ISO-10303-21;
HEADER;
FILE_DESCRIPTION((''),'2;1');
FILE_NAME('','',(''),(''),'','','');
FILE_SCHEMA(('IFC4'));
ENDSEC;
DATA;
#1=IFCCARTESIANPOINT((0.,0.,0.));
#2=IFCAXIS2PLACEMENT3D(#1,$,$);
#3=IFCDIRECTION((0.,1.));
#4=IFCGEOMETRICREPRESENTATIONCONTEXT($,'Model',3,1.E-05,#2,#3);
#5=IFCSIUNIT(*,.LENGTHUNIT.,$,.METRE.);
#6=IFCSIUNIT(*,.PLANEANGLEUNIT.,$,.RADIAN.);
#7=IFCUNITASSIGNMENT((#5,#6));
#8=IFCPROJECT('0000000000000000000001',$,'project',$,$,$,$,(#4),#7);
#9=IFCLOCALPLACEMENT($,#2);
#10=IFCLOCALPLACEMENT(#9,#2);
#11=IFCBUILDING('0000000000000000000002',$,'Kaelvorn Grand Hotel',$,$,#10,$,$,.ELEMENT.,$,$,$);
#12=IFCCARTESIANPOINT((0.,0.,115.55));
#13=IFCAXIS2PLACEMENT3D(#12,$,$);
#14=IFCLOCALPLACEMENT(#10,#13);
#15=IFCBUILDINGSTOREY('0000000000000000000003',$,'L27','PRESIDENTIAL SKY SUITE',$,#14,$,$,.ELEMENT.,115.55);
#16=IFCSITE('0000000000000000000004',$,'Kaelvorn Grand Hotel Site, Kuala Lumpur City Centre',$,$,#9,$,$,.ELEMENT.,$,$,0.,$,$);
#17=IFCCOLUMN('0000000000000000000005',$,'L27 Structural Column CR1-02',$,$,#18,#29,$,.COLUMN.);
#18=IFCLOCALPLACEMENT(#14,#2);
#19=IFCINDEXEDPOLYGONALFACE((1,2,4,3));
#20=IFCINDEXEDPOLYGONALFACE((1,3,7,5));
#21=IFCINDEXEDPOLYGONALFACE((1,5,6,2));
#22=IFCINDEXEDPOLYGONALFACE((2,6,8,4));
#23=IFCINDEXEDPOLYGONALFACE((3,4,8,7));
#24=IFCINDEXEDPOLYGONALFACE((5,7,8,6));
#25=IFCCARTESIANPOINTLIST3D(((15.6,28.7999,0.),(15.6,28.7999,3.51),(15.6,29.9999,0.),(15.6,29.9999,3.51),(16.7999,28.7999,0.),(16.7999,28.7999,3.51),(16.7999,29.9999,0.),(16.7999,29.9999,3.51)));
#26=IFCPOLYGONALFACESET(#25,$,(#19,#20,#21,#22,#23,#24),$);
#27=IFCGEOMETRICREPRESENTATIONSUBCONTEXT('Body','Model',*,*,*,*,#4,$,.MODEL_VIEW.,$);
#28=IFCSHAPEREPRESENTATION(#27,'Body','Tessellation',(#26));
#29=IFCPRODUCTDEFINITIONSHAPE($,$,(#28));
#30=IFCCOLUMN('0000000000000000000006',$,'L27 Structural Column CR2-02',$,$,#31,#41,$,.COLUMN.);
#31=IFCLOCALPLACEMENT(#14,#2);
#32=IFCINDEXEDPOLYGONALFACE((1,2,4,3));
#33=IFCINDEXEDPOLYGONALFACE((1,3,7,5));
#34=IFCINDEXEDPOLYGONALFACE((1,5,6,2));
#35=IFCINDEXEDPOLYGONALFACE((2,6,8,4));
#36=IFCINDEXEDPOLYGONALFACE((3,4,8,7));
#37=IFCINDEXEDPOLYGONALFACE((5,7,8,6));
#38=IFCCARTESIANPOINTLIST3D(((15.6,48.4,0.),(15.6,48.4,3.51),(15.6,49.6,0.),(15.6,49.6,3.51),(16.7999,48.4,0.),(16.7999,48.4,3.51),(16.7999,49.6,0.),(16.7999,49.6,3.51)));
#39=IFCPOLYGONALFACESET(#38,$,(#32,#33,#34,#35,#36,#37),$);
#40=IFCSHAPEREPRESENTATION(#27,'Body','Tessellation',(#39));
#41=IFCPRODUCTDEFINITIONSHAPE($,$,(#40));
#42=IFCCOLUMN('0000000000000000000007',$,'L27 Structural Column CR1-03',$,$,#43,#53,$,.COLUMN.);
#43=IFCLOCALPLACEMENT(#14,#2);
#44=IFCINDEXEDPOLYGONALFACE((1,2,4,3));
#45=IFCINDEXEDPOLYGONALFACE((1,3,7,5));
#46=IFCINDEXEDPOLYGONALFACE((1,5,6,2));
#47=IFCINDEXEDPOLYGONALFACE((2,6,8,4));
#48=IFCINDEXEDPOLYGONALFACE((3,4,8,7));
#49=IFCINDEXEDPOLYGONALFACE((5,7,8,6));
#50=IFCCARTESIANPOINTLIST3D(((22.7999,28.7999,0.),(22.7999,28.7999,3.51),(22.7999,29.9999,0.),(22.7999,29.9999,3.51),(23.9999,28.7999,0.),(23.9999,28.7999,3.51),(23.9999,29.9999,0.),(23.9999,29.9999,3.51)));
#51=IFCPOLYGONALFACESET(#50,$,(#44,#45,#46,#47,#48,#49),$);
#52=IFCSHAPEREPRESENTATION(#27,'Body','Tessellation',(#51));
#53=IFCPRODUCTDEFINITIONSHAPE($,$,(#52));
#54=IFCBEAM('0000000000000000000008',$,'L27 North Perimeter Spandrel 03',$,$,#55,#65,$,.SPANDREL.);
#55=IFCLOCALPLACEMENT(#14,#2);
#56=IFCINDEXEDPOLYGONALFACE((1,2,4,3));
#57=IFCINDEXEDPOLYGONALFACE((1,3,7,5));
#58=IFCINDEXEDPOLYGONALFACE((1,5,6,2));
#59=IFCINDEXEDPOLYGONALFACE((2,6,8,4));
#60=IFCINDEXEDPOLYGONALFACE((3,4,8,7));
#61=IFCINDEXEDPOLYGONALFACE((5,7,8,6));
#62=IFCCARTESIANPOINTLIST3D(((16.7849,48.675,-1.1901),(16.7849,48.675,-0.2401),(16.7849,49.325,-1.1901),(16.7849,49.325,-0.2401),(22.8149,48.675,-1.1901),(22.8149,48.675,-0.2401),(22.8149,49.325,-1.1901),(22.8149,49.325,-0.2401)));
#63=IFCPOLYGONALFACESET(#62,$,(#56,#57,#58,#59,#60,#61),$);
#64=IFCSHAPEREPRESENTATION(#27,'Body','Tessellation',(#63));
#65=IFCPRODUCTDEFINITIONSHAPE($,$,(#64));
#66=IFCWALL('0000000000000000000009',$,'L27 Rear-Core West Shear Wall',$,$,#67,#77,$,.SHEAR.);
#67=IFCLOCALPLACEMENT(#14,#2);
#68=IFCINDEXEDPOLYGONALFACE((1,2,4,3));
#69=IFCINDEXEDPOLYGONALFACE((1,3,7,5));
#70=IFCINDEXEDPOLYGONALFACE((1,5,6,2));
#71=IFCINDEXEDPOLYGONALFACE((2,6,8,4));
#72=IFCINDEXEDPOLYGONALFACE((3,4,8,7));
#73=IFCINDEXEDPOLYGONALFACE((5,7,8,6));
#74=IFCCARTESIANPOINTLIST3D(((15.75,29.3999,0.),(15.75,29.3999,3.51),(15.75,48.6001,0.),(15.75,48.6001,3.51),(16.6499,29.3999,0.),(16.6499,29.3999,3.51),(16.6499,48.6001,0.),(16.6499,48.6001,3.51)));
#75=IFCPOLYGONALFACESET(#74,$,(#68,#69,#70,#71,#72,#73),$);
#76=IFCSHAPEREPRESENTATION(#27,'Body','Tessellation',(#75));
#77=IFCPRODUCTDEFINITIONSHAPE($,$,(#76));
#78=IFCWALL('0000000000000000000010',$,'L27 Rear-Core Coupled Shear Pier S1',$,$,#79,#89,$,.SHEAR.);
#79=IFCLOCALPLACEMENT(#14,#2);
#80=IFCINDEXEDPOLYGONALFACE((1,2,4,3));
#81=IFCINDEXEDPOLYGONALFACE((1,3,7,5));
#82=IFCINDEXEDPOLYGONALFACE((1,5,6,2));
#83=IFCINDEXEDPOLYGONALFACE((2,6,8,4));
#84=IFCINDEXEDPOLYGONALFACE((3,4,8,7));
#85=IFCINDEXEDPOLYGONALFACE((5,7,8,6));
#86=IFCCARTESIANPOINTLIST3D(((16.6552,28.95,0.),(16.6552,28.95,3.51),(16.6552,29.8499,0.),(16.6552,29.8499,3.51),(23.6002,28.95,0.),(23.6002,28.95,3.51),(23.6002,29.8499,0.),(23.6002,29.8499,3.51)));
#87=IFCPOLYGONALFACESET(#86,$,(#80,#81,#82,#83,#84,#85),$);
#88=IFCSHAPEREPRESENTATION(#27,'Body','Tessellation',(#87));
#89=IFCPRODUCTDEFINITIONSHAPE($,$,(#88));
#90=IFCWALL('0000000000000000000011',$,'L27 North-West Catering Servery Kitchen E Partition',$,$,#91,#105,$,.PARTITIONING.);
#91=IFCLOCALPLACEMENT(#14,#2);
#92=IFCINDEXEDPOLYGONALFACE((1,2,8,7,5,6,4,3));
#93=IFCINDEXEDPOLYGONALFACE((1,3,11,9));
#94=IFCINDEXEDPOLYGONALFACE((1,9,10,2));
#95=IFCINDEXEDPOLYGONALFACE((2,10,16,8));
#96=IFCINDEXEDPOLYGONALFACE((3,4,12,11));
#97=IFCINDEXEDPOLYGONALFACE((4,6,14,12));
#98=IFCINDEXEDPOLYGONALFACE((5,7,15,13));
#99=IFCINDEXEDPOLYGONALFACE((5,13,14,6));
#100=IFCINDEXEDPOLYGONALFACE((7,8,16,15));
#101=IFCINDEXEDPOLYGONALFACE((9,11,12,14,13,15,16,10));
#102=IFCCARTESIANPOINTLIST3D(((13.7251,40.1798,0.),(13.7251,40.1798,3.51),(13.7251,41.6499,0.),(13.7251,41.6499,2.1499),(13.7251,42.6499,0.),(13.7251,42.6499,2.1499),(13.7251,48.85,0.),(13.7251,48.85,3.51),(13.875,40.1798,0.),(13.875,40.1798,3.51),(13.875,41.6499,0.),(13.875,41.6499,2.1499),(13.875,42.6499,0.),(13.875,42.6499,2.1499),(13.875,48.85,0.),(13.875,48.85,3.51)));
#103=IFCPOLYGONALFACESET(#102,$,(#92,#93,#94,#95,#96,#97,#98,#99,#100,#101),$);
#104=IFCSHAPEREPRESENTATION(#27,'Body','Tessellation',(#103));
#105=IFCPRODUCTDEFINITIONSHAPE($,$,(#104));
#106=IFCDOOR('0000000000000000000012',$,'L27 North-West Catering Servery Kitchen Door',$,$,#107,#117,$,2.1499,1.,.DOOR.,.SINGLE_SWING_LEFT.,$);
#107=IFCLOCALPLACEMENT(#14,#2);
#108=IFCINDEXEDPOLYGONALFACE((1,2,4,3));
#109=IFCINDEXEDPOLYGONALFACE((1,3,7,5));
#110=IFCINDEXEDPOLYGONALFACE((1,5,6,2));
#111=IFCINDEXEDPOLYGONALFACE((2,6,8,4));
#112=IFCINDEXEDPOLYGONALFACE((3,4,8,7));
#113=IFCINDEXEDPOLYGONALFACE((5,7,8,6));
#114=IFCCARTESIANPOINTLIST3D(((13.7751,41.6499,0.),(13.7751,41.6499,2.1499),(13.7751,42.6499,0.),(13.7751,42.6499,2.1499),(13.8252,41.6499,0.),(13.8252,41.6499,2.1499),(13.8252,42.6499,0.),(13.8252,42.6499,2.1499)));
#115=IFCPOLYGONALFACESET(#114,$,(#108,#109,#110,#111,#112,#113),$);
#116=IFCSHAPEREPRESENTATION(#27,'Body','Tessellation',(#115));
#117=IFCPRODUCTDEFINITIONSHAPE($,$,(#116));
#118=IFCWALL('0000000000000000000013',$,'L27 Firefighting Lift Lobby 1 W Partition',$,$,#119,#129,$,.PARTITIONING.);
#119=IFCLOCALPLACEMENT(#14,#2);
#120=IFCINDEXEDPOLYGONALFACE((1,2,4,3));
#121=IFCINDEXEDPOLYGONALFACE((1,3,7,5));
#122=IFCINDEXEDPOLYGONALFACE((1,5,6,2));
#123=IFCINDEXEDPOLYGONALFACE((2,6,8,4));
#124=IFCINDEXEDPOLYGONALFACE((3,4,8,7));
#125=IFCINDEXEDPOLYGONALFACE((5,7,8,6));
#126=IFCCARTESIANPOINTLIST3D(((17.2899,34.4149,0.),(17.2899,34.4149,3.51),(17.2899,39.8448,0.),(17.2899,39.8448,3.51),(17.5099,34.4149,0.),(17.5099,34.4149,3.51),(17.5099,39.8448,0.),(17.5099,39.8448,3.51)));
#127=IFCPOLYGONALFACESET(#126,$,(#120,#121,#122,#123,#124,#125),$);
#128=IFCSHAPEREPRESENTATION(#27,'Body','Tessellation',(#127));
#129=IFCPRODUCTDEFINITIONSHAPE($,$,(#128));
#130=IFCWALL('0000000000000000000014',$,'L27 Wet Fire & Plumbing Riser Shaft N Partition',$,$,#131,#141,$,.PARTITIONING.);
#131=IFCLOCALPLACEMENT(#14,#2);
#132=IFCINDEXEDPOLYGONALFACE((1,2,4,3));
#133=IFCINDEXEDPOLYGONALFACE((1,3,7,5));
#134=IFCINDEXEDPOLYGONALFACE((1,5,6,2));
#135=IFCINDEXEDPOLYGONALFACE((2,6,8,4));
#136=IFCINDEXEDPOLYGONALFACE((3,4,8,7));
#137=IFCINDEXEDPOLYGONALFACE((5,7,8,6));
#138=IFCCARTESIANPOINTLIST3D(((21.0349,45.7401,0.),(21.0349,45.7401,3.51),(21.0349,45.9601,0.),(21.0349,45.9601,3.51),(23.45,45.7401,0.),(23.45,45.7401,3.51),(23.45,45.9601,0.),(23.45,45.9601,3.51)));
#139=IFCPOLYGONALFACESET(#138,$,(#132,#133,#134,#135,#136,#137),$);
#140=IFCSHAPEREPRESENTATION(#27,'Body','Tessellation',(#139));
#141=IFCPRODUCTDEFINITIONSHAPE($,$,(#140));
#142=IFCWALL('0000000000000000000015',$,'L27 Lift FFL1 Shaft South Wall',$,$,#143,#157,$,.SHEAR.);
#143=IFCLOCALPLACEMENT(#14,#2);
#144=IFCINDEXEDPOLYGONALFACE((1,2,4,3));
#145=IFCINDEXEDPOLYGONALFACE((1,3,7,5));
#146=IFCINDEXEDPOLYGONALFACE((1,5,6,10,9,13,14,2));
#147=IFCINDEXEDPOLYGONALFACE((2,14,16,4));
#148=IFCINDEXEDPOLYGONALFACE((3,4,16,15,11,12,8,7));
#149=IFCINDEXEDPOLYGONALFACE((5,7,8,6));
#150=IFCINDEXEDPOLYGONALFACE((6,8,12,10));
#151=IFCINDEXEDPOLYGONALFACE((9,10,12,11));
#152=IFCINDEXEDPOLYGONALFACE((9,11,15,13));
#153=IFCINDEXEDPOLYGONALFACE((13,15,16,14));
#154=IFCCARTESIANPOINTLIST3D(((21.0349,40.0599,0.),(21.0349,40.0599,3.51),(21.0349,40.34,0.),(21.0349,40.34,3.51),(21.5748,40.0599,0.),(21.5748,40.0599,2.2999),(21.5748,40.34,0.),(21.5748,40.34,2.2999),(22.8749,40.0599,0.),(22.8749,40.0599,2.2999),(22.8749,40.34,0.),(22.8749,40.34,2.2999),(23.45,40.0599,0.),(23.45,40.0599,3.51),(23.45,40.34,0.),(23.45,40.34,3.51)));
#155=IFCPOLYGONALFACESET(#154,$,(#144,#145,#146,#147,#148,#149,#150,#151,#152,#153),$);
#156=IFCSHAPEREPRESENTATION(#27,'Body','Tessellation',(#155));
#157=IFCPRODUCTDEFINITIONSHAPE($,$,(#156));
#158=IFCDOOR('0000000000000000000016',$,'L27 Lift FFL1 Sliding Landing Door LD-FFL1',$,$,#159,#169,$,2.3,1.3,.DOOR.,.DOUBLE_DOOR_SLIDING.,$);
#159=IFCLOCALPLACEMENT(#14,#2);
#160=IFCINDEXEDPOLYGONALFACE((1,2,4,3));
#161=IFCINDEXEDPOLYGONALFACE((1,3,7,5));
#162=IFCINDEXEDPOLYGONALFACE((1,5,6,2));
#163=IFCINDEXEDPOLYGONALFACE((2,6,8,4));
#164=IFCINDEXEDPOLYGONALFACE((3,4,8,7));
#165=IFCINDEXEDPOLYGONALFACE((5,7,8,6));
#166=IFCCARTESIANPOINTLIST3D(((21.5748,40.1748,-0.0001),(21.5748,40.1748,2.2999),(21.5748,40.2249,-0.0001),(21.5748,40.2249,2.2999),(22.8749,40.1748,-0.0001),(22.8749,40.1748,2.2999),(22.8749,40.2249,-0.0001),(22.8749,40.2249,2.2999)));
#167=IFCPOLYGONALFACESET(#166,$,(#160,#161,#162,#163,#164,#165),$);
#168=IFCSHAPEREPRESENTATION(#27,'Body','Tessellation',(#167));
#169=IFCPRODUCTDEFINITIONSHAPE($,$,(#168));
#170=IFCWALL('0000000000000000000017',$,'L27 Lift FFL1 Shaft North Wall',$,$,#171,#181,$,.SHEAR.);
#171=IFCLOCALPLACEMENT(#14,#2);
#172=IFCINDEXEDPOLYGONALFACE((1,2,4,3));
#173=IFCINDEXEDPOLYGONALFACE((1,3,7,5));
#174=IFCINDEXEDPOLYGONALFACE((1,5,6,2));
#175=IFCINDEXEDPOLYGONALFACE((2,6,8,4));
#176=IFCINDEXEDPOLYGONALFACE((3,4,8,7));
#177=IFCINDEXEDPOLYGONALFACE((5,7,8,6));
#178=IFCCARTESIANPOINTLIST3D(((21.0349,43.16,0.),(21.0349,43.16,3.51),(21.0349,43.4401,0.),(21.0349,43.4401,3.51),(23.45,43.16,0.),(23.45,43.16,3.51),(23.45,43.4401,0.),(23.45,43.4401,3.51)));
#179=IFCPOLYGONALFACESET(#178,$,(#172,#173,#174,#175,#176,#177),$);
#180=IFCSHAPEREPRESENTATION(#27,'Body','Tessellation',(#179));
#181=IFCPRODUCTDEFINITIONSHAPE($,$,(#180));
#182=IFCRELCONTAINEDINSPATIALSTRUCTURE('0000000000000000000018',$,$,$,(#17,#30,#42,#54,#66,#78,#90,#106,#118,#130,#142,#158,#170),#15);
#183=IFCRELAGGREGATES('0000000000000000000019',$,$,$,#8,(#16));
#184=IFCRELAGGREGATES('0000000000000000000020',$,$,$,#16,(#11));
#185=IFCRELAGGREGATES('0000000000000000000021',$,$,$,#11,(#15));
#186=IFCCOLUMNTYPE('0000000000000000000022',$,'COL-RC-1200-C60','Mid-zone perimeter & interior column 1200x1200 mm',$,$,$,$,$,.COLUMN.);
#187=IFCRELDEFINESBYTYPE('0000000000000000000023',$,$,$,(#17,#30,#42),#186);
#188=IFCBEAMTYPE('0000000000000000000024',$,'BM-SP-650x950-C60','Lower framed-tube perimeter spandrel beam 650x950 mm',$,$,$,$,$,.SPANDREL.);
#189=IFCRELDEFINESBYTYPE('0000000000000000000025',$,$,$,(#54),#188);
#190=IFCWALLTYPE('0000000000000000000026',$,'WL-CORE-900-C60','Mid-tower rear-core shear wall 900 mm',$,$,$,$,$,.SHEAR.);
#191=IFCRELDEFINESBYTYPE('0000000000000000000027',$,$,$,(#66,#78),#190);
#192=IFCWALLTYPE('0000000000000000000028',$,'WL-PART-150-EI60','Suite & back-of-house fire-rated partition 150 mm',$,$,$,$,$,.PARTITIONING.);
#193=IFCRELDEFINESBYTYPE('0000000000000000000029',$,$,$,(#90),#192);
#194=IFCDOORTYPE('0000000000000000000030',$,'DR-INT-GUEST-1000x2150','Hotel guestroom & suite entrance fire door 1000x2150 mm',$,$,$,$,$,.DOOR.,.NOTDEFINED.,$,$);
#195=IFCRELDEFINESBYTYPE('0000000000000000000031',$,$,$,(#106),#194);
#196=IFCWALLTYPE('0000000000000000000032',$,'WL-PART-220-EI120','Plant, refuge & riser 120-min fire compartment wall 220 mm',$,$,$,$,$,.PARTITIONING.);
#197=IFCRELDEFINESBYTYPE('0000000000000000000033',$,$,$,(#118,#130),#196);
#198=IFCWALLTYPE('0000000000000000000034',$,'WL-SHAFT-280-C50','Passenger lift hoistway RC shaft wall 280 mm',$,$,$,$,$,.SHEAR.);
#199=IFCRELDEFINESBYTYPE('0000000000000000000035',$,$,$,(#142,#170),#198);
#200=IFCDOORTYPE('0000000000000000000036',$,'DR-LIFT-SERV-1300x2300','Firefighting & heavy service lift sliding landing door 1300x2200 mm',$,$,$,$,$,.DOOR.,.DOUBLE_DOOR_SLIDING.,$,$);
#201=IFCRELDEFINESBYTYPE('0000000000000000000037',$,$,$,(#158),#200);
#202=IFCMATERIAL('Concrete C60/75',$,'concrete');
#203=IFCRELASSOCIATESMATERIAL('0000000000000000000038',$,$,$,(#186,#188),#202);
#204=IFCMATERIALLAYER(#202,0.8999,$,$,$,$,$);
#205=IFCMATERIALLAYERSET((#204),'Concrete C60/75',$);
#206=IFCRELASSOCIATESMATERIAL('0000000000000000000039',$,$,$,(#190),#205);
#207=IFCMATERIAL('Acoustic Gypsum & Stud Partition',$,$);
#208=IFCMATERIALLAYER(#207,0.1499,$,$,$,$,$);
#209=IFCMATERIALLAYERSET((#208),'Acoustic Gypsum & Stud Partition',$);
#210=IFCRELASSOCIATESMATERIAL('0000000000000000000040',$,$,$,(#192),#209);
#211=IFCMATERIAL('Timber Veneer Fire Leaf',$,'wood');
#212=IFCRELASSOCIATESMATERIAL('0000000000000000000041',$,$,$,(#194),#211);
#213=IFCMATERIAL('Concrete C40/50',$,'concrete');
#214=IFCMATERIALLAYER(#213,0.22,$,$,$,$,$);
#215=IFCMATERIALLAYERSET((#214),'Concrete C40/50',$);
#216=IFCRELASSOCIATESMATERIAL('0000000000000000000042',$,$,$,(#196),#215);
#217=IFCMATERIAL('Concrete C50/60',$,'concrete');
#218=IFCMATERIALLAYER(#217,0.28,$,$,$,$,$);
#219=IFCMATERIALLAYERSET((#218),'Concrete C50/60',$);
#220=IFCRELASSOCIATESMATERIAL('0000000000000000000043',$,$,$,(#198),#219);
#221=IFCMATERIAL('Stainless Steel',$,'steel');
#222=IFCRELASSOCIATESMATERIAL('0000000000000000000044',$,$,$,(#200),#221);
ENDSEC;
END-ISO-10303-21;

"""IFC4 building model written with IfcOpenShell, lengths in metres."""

from ifc_helpers import new_model, si_unit, direction, frame, frame_2d, origin, origin_2d, place, context, subcontext, project, spatial, rectangle, extrude, material, layer, layer_set, material_profile, profile_set, type_object, element, fill, save


model = new_model("IFC4")

# Units and contexts
model_context = context("Model", 3, precision=1e-05, world=origin(), true_north=direction((0.0, 1.0)))
body_context = subcontext(model_context, "Body", "Model", "MODEL_VIEW")
ifc_project = project(units=[si_unit("LENGTHUNIT", "METRE"), si_unit("PLANEANGLEUNIT", "RADIAN")], contexts=[model_context])

# Site, building, storey
site_placement = place(None, origin())
site = spatial("IfcSite", under=ifc_project, at=site_placement, Name="Kaelvorn Grand Hotel Site, Kuala Lumpur City Centre", CompositionType="ELEMENT", RefElevation=0.0)
building_placement = place(site_placement, origin())
building = spatial("IfcBuilding", under=site, at=building_placement, Name="Kaelvorn Grand Hotel", CompositionType="ELEMENT")
storey_placement = place(building_placement, frame((0.0, 0.0, 115.55)))
storey = spatial("IfcBuildingStorey", under=building, at=storey_placement, Name="L27", Description="PRESIDENTIAL SKY SUITE", CompositionType="ELEMENT", Elevation=115.55)

# Columns
ifc_material_1 = material(Name="Concrete C60/75", Category="concrete")
ifc_material_profile_1 = material_profile(ifc_material_1, rectangle(XDim=1.2, YDim=1.2, at=origin_2d()), Name="RC COL 1200x1200")
ifc_profile_set_1 = profile_set([ifc_material_profile_1], Name="Concrete C60/75")
column_type = type_object("IfcColumnType", Name="COL-RC-1200-C60", Description="Mid-zone perimeter & interior column 1200x1200 mm", PredefinedType="COLUMN", material=ifc_profile_set_1)
for number, where, z_axis, x_axis, name in (
    (1, (16.2, 29.3999, 0.0), (0.0, 0.0, 1.0), (1.0, 0.0, 0.0), "L27 Structural Column CR1-02"),
    (2, (16.2, 49.0, 0.0), (0.0, 0.0, 1.0), (1.0, 0.0, 0.0), "L27 Structural Column CR2-02"),
    (3, (23.3999, 29.3999, 0.0), (0.0, 0.0, 1.0), (1.0, 0.0, 0.0), "L27 Structural Column CR1-03"),
):
    element("IfcColumn", number, at=place(storey_placement, frame(where, z_axis=z_axis, x_axis=x_axis)), inside=storey, type_object=column_type, Name=name, PredefinedType="COLUMN", context=body_context, shape_type="SweptSolid", body=[
        extrude(rectangle(XDim=1.2, YDim=1.2, at=origin_2d()), origin(), (0.0, 0.0, 1.0), 3.51),
    ])

# Beam
ifc_material_profile_2 = material_profile(ifc_material_1, rectangle(XDim=0.6499, YDim=0.95, at=origin_2d()), Name="RC SPANDREL 650x950")
ifc_profile_set_2 = profile_set([ifc_material_profile_2], Name="Concrete C60/75")
beam_type = type_object("IfcBeamType", Name="BM-SP-650x950-C60", Description="Lower framed-tube perimeter spandrel beam 650x950 mm", PredefinedType="SPANDREL", material=ifc_profile_set_2)
beam_placement = place(storey_placement, frame((16.7849, 49.0, -0.7151), z_axis=(1.0, 0.0, 0.0), x_axis=(0.0, 1.0, 0.0)))
element("IfcBeam", 4, at=beam_placement, inside=storey, type_object=beam_type, Name="L27 North Perimeter Spandrel 03", PredefinedType="SPANDREL", context=body_context, shape_type="SweptSolid", body=[
    extrude(rectangle(XDim=0.6499, YDim=0.95, at=origin_2d()), origin(), (0.0, 0.0, 1.0), 6.03),
])

# Walls
ifc_layer_1 = layer(ifc_material_1, 0.8999)
ifc_layer_set_1 = layer_set([ifc_layer_1], Name="Concrete C60/75")
wall_type_1 = type_object("IfcWallType", Name="WL-CORE-900-C60", Description="Mid-tower rear-core shear wall 900 mm", PredefinedType="SHEAR", material=ifc_layer_set_1)
wall_1_placement = place(storey_placement, frame((16.2, 29.3999, 0.0), z_axis=(0.0, 0.0, 1.0), x_axis=(0.0, 1.0, 0.0)))
element("IfcWall", 5, at=wall_1_placement, inside=storey, type_object=wall_type_1, Name="L27 Rear-Core West Shear Wall", PredefinedType="SHEAR", context=body_context, shape_type="SweptSolid", body=[
    extrude(rectangle(XDim=19.2002, YDim=0.8999, at=frame_2d((9.6001, 0.0))), origin(), (0.0, 0.0, 1.0), 3.51),
])
wall_2_placement = place(storey_placement, frame((16.655, 29.3999, 0.0), z_axis=(0.0, 0.0, 1.0), x_axis=(1.0, 0.0, 0.0)))
element("IfcWall", 6, at=wall_2_placement, inside=storey, type_object=wall_type_1, Name="L27 Rear-Core Coupled Shear Pier S1", PredefinedType="SHEAR", context=body_context, shape_type="SweptSolid", body=[
    extrude(rectangle(XDim=6.9451, YDim=0.8999, at=frame_2d((3.4727, 0.0))), origin(), (0.0, 0.0, 1.0), 3.51),
])

# Wall, opening, door
ifc_material_2 = material(Name="Acoustic Gypsum & Stud Partition")
ifc_layer_2 = layer(ifc_material_2, 0.1499)
ifc_layer_set_2 = layer_set([ifc_layer_2], Name="Acoustic Gypsum & Stud Partition")
wall_type_2 = type_object("IfcWallType", Name="WL-PART-150-EI60", Description="Suite & back-of-house fire-rated partition 150 mm", PredefinedType="PARTITIONING", material=ifc_layer_set_2)
wall_3_placement = place(storey_placement, frame((13.8, 40.1799, 0.0), z_axis=(0.0, 0.0, 1.0), x_axis=(0.0, 1.0, 0.0)))
wall_3 = element("IfcWall", 7, at=wall_3_placement, inside=storey, type_object=wall_type_2, Name="L27 North-West Catering Servery Kitchen E Partition", PredefinedType="PARTITIONING", context=body_context, shape_type="SweptSolid", body=[
    extrude(rectangle(XDim=8.6702, YDim=0.1499, at=frame_2d((4.335, 0.0))), origin(), (0.0, 0.0, 1.0), 3.51),
])
opening_1_placement = place(wall_3_placement, frame((1.47, 0.0, 0.0)))
opening_1 = element("IfcOpeningElement", 8, at=opening_1_placement, cuts=wall_3, PredefinedType="OPENING", context=body_context, shape_type="SweptSolid", body=[
    extrude(rectangle(XDim=1.0, YDim=2.1499, at=frame_2d((0.5, 1.075))), frame((0.0, 0.085, 0.0), z_axis=(0.0, -1.0, 0.0), x_axis=(1.0, 0.0, 0.0)), (0.0, 0.0, 1.0), 0.1699),
])
ifc_material_3 = material(Name="Timber Veneer Fire Leaf", Category="wood")
door_type_1 = type_object("IfcDoorType", Name="DR-INT-GUEST-1000x2150", Description="Hotel guestroom & suite entrance fire door 1000x2150 mm", OperationType="NOTDEFINED", PredefinedType="DOOR", material=ifc_material_3)
door_1_placement = place(opening_1_placement, origin())
door_1 = element("IfcDoor", 9, at=door_1_placement, inside=storey, type_object=door_type_1, Name="L27 North-West Catering Servery Kitchen Door", OperationType="SINGLE_SWING_LEFT", OverallHeight=2.1499, OverallWidth=1.0, PredefinedType="DOOR", context=body_context, shape_type="SweptSolid", body=[
    extrude(rectangle(XDim=1.0, YDim=2.1499, at=frame_2d((0.5, 1.075))), frame((0.0, 0.0249, 0.0), z_axis=(0.0, -1.0, 0.0), x_axis=(1.0, 0.0, 0.0)), (0.0, 0.0, 1.0), 0.05),
])
fill(opening_1, door_1)
ifc_material_4 = material(Name="Concrete C40/50", Category="concrete")
ifc_layer_3 = layer(ifc_material_4, 0.22)
ifc_layer_set_3 = layer_set([ifc_layer_3], Name="Concrete C40/50")
wall_type_3 = type_object("IfcWallType", Name="WL-PART-220-EI120", Description="Plant, refuge & riser 120-min fire compartment wall 220 mm", PredefinedType="PARTITIONING", material=ifc_layer_set_3)

# Walls
wall_4_placement = place(storey_placement, frame((17.3999, 34.415, 0.0), z_axis=(0.0, 0.0, 1.0), x_axis=(0.0, 1.0, 0.0)))
element("IfcWall", 10, at=wall_4_placement, inside=storey, type_object=wall_type_3, Name="L27 Firefighting Lift Lobby 1 W Partition", PredefinedType="PARTITIONING", context=body_context, shape_type="SweptSolid", body=[
    extrude(rectangle(XDim=5.4299, YDim=0.22, at=frame_2d((2.7148, 0.0))), origin(), (0.0, 0.0, 1.0), 3.51),
])
wall_5_placement = place(storey_placement, frame((21.0349, 45.8501, 0.0), z_axis=(0.0, 0.0, 1.0), x_axis=(1.0, 0.0, 0.0)))
element("IfcWall", 11, at=wall_5_placement, inside=storey, type_object=wall_type_3, Name="L27 Wet Fire & Plumbing Riser Shaft N Partition", PredefinedType="PARTITIONING", context=body_context, shape_type="SweptSolid", body=[
    extrude(rectangle(XDim=2.415, YDim=0.22, at=frame_2d((1.2075, 0.0))), origin(), (0.0, 0.0, 1.0), 3.51),
])

# Wall, opening, door
ifc_material_5 = material(Name="Concrete C50/60", Category="concrete")
ifc_layer_4 = layer(ifc_material_5, 0.28)
ifc_layer_set_4 = layer_set([ifc_layer_4], Name="Concrete C50/60")
wall_type_4 = type_object("IfcWallType", Name="WL-SHAFT-280-C50", Description="Passenger lift hoistway RC shaft wall 280 mm", PredefinedType="SHEAR", material=ifc_layer_set_4)
wall_6_placement = place(storey_placement, frame((21.0349, 40.2, 0.0), z_axis=(0.0, 0.0, 1.0), x_axis=(1.0, 0.0, 0.0)))
wall_6 = element("IfcWall", 12, at=wall_6_placement, inside=storey, type_object=wall_type_4, Name="L27 Lift FFL1 Shaft South Wall", PredefinedType="SHEAR", context=body_context, shape_type="SweptSolid", body=[
    extrude(rectangle(XDim=2.415, YDim=0.28, at=frame_2d((1.2075, 0.0))), origin(), (0.0, 0.0, 1.0), 3.51),
])
opening_2_placement = place(wall_6_placement, frame((0.54, 0.0, 0.0)))
opening_2 = element("IfcOpeningElement", 13, at=opening_2_placement, cuts=wall_6, PredefinedType="OPENING", context=body_context, shape_type="SweptSolid", body=[
    extrude(rectangle(XDim=1.3, YDim=2.3, at=frame_2d((0.6499, 1.1499))), frame((0.0, 0.1499, 0.0), z_axis=(0.0, -1.0, 0.0), x_axis=(1.0, 0.0, 0.0)), (0.0, 0.0, 1.0), 0.3),
])
ifc_material_6 = material(Name="Stainless Steel", Category="steel")
door_type_2 = type_object("IfcDoorType", Name="DR-LIFT-SERV-1300x2300", Description="Firefighting & heavy service lift sliding landing door 1300x2200 mm", OperationType="DOUBLE_DOOR_SLIDING", PredefinedType="DOOR", material=ifc_material_6)
door_2_placement = place(opening_2_placement, origin())
door_2 = element("IfcDoor", 14, at=door_2_placement, inside=storey, type_object=door_type_2, Name="L27 Lift FFL1 Sliding Landing Door LD-FFL1", OperationType="DOUBLE_DOOR_SLIDING", OverallHeight=2.3, OverallWidth=1.3, PredefinedType="DOOR", context=body_context, shape_type="SweptSolid", body=[
    extrude(rectangle(XDim=1.3, YDim=2.3, at=frame_2d((0.6499, 1.1499))), frame((0.0, 0.0249, 0.0), z_axis=(0.0, -1.0, 0.0), x_axis=(1.0, 0.0, 0.0)), (0.0, 0.0, 1.0), 0.05),
])
fill(opening_2, door_2)

# Wall
wall_7_placement = place(storey_placement, frame((21.0349, 43.3, 0.0), z_axis=(0.0, 0.0, 1.0), x_axis=(1.0, 0.0, 0.0)))
element("IfcWall", 15, at=wall_7_placement, inside=storey, type_object=wall_type_4, Name="L27 Lift FFL1 Shaft North Wall", PredefinedType="SHEAR", context=body_context, shape_type="SweptSolid", body=[
    extrude(rectangle(XDim=2.415, YDim=0.28, at=frame_2d((1.2075, 0.0))), origin(), (0.0, 0.0, 1.0), 3.51),
])

save(model, "model.ifc")
